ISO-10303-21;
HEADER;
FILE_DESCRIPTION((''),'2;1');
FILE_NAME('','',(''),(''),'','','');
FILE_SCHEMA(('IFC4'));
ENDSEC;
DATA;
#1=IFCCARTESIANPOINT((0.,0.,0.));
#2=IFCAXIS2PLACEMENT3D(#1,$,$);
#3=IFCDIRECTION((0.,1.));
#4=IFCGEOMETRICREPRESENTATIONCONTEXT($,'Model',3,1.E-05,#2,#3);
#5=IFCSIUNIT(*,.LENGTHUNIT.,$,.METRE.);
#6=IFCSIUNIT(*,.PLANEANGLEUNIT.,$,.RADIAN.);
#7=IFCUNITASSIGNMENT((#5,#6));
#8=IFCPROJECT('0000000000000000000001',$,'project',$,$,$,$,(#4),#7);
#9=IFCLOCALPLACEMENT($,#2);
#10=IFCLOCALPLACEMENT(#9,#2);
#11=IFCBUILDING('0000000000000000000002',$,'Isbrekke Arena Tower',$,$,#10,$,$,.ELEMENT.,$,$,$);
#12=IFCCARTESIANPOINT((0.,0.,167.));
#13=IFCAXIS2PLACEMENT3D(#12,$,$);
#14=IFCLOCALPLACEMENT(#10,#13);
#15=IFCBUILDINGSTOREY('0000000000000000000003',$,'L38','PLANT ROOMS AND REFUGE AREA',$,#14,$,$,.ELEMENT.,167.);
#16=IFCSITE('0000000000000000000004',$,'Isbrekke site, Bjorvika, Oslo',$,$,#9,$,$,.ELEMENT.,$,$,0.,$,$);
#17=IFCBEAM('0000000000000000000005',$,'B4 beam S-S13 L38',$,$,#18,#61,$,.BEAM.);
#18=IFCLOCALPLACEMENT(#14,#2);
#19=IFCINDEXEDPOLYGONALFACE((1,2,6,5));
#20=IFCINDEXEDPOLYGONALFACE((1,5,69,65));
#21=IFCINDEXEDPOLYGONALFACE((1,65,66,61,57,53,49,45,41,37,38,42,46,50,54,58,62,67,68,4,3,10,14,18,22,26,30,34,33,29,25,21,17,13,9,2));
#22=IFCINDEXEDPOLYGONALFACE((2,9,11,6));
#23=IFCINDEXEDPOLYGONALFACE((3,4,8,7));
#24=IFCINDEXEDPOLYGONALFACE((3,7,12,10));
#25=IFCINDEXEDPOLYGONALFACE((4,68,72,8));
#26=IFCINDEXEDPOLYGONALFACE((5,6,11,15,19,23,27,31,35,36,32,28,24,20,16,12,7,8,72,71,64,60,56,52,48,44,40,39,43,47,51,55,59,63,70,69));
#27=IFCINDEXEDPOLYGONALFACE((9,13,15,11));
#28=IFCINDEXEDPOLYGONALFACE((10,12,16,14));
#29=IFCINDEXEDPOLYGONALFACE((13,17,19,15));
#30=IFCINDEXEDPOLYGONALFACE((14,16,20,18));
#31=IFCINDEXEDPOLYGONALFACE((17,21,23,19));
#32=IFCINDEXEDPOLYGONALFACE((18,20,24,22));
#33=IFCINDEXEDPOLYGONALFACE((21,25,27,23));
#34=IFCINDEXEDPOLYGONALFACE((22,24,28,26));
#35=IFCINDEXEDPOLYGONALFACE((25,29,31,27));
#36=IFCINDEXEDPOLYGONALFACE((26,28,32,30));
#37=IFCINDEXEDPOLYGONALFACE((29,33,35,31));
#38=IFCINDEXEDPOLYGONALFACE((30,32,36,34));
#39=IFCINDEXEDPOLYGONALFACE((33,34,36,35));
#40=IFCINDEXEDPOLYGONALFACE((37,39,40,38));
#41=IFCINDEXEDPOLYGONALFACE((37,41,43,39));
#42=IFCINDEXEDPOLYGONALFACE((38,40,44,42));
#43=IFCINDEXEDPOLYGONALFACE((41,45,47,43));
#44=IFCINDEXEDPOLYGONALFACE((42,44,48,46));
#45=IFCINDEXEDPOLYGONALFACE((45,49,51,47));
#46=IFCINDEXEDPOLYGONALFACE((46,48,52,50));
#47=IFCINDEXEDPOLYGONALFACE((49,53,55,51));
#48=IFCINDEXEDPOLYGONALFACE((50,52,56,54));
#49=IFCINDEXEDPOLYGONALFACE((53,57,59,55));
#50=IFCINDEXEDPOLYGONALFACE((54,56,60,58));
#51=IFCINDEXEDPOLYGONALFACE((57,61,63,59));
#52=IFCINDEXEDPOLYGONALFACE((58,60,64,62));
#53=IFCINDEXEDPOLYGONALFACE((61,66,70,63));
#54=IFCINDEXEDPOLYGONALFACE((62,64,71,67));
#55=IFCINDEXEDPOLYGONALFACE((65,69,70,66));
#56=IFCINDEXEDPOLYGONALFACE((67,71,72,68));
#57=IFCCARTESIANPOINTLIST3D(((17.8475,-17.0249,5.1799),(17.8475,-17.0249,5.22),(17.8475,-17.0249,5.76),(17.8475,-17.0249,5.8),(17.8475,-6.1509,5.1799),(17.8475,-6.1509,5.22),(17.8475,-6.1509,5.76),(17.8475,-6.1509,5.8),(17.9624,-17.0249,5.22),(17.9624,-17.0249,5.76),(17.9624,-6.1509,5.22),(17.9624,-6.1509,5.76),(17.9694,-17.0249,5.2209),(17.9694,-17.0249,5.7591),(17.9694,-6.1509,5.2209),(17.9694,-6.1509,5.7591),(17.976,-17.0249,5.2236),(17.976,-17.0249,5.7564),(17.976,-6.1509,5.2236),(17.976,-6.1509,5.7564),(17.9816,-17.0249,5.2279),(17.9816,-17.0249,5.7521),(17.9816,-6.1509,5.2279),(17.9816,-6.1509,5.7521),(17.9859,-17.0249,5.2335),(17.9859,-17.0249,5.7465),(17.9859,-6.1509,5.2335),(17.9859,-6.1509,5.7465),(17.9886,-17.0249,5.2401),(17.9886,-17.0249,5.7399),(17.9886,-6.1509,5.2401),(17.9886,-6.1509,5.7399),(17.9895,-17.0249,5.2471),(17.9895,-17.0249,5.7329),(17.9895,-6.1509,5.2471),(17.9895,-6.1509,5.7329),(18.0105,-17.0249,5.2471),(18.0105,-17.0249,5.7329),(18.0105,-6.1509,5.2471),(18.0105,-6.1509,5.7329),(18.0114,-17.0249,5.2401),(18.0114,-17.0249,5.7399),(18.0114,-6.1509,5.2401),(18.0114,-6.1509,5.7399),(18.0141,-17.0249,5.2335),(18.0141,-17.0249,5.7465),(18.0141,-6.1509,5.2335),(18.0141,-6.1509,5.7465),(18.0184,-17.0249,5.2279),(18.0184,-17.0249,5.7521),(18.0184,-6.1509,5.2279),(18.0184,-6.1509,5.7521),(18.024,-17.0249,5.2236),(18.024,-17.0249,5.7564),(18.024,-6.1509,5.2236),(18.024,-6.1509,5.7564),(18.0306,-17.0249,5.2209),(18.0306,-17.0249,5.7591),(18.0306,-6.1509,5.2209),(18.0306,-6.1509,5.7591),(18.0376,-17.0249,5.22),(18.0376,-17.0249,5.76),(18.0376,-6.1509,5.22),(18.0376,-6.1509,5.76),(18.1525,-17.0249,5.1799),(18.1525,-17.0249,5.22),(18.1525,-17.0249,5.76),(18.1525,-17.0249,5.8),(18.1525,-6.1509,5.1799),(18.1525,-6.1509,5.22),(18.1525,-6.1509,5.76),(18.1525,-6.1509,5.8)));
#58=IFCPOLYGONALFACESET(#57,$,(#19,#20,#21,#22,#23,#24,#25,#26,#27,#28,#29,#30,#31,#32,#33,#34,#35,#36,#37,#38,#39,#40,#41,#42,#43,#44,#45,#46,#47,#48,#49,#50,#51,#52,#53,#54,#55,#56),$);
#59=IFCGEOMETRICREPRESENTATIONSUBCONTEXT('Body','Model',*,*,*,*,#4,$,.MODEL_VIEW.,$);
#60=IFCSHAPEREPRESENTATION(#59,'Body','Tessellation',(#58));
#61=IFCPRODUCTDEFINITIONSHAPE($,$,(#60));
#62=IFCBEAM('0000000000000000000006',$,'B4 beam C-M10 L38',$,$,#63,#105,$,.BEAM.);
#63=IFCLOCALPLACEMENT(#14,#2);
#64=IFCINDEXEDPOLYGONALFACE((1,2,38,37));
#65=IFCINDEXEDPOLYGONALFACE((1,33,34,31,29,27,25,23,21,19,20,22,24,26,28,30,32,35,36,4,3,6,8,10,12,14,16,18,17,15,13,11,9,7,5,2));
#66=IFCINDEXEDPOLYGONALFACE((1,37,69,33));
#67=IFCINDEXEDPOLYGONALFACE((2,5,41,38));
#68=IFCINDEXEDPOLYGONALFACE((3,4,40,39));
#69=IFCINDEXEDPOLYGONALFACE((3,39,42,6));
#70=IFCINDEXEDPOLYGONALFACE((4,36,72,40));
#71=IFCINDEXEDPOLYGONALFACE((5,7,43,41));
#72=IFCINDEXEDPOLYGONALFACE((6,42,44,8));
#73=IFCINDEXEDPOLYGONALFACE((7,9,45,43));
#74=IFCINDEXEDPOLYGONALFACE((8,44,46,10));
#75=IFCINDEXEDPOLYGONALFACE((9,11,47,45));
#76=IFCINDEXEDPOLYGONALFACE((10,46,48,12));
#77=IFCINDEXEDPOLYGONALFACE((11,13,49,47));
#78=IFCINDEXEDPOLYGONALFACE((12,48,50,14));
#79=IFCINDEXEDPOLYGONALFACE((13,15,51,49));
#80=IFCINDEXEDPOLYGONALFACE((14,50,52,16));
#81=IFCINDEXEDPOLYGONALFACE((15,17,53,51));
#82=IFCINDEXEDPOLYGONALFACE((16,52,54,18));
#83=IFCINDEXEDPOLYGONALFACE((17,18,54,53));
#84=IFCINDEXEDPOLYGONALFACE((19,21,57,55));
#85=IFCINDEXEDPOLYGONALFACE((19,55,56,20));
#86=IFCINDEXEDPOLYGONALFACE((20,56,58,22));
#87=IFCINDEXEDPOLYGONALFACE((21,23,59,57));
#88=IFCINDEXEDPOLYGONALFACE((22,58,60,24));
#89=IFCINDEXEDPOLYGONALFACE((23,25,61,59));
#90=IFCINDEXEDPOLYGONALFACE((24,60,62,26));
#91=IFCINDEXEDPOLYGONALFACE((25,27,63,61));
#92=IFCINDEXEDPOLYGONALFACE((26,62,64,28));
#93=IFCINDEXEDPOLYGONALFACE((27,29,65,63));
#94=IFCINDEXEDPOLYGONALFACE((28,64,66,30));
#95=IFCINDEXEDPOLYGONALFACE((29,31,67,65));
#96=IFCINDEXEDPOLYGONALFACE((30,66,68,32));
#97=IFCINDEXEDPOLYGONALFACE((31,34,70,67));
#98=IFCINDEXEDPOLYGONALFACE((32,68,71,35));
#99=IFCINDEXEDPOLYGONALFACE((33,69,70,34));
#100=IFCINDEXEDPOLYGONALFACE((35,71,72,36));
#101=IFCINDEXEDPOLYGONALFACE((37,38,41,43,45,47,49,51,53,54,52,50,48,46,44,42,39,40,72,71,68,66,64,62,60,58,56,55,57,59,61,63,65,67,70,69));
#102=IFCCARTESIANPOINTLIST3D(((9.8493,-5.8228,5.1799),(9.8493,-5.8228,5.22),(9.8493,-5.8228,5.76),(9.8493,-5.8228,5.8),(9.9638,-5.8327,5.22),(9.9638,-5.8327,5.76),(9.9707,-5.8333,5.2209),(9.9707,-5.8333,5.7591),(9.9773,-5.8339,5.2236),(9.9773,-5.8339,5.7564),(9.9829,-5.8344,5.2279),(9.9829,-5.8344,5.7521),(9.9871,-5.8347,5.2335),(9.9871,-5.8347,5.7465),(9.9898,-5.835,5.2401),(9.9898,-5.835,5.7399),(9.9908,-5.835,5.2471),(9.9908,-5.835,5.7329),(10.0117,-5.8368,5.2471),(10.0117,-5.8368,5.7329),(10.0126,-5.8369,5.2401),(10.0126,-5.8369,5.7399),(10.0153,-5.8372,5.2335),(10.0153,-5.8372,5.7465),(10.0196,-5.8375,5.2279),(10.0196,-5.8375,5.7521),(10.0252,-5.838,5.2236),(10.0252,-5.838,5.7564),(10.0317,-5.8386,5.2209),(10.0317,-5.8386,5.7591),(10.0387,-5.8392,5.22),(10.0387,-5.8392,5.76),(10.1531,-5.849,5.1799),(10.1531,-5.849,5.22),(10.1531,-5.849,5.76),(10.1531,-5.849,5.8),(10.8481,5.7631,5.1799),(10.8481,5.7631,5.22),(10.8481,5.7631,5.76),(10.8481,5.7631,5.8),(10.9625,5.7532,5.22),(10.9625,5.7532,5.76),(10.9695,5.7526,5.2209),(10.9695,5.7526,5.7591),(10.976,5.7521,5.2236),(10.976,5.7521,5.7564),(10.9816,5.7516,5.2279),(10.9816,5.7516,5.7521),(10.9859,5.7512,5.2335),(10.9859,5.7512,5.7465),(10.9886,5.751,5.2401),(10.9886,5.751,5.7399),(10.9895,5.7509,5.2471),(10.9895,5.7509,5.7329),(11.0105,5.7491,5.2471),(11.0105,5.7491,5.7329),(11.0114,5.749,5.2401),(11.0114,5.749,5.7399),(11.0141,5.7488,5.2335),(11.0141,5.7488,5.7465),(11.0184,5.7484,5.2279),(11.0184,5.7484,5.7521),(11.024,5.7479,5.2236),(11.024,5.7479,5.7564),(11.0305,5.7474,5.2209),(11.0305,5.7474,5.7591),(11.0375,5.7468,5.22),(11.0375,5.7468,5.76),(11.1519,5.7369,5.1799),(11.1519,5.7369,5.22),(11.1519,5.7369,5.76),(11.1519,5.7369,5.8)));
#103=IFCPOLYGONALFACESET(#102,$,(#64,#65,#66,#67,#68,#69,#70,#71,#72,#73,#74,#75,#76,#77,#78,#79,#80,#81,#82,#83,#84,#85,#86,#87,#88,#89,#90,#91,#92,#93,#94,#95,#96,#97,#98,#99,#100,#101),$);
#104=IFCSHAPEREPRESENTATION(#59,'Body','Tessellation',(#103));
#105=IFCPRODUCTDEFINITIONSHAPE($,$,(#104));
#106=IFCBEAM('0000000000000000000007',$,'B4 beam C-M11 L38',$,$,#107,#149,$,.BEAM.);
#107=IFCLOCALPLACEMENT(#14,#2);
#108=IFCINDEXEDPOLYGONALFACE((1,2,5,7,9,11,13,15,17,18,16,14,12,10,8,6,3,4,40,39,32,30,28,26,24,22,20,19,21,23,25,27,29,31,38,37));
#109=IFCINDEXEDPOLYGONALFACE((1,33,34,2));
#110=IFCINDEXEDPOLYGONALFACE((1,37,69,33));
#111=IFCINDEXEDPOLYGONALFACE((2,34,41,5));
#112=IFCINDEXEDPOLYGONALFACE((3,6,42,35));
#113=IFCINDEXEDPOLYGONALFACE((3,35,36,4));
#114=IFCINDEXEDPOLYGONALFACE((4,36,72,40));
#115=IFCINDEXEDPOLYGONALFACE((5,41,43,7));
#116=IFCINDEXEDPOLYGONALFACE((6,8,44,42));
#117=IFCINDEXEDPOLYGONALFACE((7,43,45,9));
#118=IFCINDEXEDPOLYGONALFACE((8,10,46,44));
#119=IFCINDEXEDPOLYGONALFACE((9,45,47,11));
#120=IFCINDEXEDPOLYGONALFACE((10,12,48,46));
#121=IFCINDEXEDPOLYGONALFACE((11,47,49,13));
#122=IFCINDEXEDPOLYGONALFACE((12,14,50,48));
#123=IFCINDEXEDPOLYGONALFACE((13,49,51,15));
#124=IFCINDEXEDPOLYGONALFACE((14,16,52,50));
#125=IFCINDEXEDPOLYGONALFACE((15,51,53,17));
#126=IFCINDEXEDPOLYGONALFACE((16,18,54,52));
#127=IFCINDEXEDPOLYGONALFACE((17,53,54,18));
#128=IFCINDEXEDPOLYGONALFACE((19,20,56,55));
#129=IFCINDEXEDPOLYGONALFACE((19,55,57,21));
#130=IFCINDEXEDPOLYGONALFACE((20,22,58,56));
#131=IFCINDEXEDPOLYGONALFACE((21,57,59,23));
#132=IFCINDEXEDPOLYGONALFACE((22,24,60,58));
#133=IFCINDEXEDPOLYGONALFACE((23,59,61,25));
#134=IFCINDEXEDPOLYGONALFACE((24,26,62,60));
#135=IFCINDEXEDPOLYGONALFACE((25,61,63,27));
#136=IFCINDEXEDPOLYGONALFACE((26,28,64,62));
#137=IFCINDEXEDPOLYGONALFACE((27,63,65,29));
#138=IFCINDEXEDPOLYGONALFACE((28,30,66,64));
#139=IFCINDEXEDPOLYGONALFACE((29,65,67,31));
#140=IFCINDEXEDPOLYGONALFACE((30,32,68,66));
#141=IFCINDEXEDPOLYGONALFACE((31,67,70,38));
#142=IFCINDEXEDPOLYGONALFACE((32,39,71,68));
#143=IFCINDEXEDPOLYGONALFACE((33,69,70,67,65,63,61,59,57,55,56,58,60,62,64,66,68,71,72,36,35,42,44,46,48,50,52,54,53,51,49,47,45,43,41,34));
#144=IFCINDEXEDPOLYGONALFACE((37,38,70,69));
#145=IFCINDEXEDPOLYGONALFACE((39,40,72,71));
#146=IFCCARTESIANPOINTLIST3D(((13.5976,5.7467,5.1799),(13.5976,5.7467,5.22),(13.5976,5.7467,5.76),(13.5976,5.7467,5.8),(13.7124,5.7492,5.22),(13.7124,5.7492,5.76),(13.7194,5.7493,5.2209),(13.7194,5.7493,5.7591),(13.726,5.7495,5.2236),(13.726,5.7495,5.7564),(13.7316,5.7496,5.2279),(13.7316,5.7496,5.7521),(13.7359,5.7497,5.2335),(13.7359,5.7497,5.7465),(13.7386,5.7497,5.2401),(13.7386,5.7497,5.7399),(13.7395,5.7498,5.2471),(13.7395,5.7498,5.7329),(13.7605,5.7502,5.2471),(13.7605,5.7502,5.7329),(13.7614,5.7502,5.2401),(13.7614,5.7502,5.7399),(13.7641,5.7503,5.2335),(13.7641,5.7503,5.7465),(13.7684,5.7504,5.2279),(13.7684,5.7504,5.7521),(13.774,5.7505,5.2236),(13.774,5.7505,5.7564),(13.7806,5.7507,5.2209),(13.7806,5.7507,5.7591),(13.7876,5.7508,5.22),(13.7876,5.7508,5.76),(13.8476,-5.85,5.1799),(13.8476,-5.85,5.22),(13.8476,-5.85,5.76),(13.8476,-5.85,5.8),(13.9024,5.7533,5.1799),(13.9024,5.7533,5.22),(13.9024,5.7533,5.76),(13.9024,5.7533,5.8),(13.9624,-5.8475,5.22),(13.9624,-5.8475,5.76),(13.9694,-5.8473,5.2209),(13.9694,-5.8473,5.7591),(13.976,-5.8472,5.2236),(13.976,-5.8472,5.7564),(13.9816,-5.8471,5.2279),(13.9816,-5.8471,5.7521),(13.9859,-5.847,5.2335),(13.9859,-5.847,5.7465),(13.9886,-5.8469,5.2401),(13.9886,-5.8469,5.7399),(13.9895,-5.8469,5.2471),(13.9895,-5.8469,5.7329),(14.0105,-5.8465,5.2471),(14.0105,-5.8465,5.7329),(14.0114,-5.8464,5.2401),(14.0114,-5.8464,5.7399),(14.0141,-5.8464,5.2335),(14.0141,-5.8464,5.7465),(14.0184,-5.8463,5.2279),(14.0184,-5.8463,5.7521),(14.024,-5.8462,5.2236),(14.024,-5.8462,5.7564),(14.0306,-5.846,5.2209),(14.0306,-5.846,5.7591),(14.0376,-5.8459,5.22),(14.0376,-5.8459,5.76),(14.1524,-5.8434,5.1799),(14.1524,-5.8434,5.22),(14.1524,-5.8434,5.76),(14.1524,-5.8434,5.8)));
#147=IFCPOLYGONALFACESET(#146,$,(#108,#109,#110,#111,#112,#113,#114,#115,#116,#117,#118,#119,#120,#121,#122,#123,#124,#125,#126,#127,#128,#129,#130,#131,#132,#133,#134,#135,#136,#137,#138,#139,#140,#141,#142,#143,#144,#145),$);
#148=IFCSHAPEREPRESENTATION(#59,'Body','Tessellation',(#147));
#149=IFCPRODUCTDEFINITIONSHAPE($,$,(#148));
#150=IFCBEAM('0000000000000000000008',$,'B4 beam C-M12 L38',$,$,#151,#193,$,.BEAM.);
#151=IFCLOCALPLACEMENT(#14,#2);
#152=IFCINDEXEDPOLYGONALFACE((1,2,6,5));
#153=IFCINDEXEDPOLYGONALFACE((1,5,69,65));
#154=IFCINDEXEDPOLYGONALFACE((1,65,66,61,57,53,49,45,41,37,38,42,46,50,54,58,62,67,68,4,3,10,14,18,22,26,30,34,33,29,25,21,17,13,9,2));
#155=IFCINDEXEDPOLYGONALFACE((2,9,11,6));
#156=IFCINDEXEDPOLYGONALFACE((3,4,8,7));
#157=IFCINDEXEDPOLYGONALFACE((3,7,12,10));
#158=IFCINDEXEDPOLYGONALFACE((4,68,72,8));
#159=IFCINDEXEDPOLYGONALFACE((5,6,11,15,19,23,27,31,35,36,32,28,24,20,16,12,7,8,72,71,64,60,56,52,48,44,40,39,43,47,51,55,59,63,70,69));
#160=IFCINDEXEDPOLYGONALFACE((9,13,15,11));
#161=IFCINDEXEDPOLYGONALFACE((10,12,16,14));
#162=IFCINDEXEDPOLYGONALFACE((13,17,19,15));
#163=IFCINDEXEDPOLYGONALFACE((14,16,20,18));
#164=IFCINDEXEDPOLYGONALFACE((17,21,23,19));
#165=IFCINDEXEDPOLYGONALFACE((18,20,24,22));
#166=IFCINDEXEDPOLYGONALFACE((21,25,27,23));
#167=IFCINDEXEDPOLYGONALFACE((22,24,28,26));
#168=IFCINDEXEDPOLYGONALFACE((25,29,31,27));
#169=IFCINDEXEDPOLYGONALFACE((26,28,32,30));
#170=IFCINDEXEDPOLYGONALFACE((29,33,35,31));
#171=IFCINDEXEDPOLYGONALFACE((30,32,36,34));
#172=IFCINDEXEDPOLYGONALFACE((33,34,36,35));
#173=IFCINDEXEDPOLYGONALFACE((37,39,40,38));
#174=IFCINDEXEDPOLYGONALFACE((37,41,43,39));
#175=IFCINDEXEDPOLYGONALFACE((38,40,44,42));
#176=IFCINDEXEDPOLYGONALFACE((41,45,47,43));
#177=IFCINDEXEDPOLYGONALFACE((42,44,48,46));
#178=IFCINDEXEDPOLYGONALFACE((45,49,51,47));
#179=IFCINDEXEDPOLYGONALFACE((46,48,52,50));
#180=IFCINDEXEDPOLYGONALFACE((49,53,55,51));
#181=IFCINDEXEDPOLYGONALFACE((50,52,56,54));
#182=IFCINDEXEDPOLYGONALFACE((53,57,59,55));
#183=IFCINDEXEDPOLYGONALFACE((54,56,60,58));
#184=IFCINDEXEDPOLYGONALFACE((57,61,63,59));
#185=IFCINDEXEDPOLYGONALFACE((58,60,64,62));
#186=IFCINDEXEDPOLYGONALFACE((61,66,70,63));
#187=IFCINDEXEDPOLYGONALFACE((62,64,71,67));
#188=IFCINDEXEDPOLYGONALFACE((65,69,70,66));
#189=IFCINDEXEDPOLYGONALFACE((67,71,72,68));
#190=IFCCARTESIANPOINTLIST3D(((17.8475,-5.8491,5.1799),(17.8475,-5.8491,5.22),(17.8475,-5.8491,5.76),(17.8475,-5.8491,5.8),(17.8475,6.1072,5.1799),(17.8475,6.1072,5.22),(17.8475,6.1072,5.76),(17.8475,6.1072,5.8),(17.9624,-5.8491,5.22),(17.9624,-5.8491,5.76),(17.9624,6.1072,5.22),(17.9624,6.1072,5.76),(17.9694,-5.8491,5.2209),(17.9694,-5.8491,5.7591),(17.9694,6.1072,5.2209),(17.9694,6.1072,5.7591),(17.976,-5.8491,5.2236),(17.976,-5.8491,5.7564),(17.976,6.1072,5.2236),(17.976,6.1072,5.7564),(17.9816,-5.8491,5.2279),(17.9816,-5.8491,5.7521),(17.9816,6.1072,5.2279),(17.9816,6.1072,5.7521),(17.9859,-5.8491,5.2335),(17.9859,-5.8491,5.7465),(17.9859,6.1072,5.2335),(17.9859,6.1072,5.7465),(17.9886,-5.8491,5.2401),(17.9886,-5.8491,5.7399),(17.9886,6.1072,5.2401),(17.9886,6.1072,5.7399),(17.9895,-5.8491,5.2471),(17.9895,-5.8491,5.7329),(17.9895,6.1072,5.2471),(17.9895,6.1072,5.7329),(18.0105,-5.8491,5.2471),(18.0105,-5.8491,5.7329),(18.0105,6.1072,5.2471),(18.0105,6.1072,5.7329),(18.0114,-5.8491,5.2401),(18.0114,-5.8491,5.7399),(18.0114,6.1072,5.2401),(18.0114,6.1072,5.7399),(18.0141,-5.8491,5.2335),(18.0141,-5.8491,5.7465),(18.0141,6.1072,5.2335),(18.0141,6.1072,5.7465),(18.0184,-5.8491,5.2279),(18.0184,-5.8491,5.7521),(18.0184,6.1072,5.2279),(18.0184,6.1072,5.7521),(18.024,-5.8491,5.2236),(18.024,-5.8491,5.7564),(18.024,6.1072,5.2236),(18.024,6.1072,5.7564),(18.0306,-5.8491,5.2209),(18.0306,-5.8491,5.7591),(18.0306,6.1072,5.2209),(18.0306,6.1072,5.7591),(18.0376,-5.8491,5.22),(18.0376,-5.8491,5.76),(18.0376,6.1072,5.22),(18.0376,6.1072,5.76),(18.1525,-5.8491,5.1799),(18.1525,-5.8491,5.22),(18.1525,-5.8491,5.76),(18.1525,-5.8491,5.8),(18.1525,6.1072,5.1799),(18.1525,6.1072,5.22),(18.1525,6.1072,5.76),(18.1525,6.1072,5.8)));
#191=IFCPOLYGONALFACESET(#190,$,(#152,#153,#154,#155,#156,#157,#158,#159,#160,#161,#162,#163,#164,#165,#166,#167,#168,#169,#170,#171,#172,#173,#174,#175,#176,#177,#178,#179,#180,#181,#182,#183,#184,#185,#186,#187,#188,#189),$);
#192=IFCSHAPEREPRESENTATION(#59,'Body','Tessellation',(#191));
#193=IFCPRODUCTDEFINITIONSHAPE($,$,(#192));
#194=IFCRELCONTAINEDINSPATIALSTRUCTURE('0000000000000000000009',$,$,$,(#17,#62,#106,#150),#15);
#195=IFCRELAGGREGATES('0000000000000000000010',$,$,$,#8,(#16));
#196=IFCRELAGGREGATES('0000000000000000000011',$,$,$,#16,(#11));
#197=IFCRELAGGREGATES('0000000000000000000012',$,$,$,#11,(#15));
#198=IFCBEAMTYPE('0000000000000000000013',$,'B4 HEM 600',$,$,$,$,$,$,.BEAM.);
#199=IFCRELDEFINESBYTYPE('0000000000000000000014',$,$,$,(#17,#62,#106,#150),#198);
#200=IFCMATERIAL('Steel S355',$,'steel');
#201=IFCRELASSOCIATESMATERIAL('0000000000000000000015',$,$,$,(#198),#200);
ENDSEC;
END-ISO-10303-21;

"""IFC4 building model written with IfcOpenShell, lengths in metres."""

from ifc_helpers import new_model, si_unit, direction, frame, origin, origin_2d, place, context, subcontext, project, spatial, i_section, extrude, material, material_profile, profile_set, type_object, element, save


model = new_model("IFC4")

# Units and contexts
model_context = context("Model", 3, precision=1e-05, world=origin(), true_north=direction((0.0, 1.0)))
body_context = subcontext(model_context, "Body", "Model", "MODEL_VIEW")
ifc_project = project(units=[si_unit("LENGTHUNIT", "METRE"), si_unit("PLANEANGLEUNIT", "RADIAN")], contexts=[model_context])

# Site, building, storey
site_placement = place(None, origin())
site = spatial("IfcSite", under=ifc_project, at=site_placement, Name="Isbrekke site, Bjorvika, Oslo", CompositionType="ELEMENT", RefElevation=0.0)
building_placement = place(site_placement, origin())
building = spatial("IfcBuilding", under=site, at=building_placement, Name="Isbrekke Arena Tower", CompositionType="ELEMENT")
storey_placement = place(building_placement, frame((0.0, 0.0, 167.0)))
storey = spatial("IfcBuildingStorey", under=building, at=storey_placement, Name="L38", Description="PLANT ROOMS AND REFUGE AREA", CompositionType="ELEMENT", Elevation=167.0)

# Beams
ifc_material_1 = material(Name="Steel S355", Category="steel")
ifc_material_profile_1 = material_profile(ifc_material_1, i_section(OverallWidth=0.3049, OverallDepth=0.6201, WebThickness=0.021, FlangeThickness=0.04, FilletRadius=0.0271, at=origin_2d()), Name="HEM 600")
ifc_profile_set_1 = profile_set([ifc_material_profile_1], Name="Steel S355")
beam_type_1 = type_object("IfcBeamType", Name="B4 HEM 600", PredefinedType="BEAM", material=ifc_profile_set_1)
beam_1_placement = place(storey_placement, frame((18.0, -17.0249, 5.49), z_axis=(0.0, 1.0, 0.0), x_axis=(-1.0, 0.0, 0.0)))
element("IfcBeam", 1, at=beam_1_placement, inside=storey, type_object=beam_type_1, Name="B4 beam S-S13 L38", PredefinedType="BEAM", context=body_context, shape_type="SweptSolid", body=[
    extrude(i_section(OverallWidth=0.3049, OverallDepth=0.6201, WebThickness=0.021, FlangeThickness=0.04, FilletRadius=0.0271, at=origin_2d()), origin(), (0.0, 0.0, 1.0), 10.874),
])
beam_2_placement = place(storey_placement, frame((10.0012, -5.8359, 5.49), z_axis=(0.085888, 0.996305, 0.0), x_axis=(-0.996305, 0.085888, 0.0)))
element("IfcBeam", 2, at=beam_2_placement, inside=storey, type_object=beam_type_1, Name="B4 beam C-M10 L38", PredefinedType="BEAM", context=body_context, shape_type="SweptSolid", body=[
    extrude(i_section(OverallWidth=0.3049, OverallDepth=0.6201, WebThickness=0.021, FlangeThickness=0.04, FilletRadius=0.0271, at=origin_2d()), origin(), (0.0, 0.0, 1.0), 11.6289),
])
beam_3_placement = place(storey_placement, frame((14.0, -5.8467, 5.49), z_axis=(-0.021553, 0.999768, 0.0), x_axis=(-0.999768, -0.021553, 0.0)))
element("IfcBeam", 3, at=beam_3_placement, inside=storey, type_object=beam_type_1, Name="B4 beam C-M11 L38", PredefinedType="BEAM", context=body_context, shape_type="SweptSolid", body=[
    extrude(i_section(OverallWidth=0.3049, OverallDepth=0.6201, WebThickness=0.021, FlangeThickness=0.04, FilletRadius=0.0271, at=origin_2d()), origin(), (0.0, 0.0, 1.0), 11.5994),
])
beam_4_placement = place(storey_placement, frame((18.0, -5.8491, 5.49), z_axis=(0.0, 1.0, 0.0), x_axis=(-1.0, 0.0, 0.0)))
element("IfcBeam", 4, at=beam_4_placement, inside=storey, type_object=beam_type_1, Name="B4 beam C-M12 L38", PredefinedType="BEAM", context=body_context, shape_type="SweptSolid", body=[
    extrude(i_section(OverallWidth=0.3049, OverallDepth=0.6201, WebThickness=0.021, FlangeThickness=0.04, FilletRadius=0.0271, at=origin_2d()), origin(), (0.0, 0.0, 1.0), 11.9563),
])

save(model, "model.ifc")
